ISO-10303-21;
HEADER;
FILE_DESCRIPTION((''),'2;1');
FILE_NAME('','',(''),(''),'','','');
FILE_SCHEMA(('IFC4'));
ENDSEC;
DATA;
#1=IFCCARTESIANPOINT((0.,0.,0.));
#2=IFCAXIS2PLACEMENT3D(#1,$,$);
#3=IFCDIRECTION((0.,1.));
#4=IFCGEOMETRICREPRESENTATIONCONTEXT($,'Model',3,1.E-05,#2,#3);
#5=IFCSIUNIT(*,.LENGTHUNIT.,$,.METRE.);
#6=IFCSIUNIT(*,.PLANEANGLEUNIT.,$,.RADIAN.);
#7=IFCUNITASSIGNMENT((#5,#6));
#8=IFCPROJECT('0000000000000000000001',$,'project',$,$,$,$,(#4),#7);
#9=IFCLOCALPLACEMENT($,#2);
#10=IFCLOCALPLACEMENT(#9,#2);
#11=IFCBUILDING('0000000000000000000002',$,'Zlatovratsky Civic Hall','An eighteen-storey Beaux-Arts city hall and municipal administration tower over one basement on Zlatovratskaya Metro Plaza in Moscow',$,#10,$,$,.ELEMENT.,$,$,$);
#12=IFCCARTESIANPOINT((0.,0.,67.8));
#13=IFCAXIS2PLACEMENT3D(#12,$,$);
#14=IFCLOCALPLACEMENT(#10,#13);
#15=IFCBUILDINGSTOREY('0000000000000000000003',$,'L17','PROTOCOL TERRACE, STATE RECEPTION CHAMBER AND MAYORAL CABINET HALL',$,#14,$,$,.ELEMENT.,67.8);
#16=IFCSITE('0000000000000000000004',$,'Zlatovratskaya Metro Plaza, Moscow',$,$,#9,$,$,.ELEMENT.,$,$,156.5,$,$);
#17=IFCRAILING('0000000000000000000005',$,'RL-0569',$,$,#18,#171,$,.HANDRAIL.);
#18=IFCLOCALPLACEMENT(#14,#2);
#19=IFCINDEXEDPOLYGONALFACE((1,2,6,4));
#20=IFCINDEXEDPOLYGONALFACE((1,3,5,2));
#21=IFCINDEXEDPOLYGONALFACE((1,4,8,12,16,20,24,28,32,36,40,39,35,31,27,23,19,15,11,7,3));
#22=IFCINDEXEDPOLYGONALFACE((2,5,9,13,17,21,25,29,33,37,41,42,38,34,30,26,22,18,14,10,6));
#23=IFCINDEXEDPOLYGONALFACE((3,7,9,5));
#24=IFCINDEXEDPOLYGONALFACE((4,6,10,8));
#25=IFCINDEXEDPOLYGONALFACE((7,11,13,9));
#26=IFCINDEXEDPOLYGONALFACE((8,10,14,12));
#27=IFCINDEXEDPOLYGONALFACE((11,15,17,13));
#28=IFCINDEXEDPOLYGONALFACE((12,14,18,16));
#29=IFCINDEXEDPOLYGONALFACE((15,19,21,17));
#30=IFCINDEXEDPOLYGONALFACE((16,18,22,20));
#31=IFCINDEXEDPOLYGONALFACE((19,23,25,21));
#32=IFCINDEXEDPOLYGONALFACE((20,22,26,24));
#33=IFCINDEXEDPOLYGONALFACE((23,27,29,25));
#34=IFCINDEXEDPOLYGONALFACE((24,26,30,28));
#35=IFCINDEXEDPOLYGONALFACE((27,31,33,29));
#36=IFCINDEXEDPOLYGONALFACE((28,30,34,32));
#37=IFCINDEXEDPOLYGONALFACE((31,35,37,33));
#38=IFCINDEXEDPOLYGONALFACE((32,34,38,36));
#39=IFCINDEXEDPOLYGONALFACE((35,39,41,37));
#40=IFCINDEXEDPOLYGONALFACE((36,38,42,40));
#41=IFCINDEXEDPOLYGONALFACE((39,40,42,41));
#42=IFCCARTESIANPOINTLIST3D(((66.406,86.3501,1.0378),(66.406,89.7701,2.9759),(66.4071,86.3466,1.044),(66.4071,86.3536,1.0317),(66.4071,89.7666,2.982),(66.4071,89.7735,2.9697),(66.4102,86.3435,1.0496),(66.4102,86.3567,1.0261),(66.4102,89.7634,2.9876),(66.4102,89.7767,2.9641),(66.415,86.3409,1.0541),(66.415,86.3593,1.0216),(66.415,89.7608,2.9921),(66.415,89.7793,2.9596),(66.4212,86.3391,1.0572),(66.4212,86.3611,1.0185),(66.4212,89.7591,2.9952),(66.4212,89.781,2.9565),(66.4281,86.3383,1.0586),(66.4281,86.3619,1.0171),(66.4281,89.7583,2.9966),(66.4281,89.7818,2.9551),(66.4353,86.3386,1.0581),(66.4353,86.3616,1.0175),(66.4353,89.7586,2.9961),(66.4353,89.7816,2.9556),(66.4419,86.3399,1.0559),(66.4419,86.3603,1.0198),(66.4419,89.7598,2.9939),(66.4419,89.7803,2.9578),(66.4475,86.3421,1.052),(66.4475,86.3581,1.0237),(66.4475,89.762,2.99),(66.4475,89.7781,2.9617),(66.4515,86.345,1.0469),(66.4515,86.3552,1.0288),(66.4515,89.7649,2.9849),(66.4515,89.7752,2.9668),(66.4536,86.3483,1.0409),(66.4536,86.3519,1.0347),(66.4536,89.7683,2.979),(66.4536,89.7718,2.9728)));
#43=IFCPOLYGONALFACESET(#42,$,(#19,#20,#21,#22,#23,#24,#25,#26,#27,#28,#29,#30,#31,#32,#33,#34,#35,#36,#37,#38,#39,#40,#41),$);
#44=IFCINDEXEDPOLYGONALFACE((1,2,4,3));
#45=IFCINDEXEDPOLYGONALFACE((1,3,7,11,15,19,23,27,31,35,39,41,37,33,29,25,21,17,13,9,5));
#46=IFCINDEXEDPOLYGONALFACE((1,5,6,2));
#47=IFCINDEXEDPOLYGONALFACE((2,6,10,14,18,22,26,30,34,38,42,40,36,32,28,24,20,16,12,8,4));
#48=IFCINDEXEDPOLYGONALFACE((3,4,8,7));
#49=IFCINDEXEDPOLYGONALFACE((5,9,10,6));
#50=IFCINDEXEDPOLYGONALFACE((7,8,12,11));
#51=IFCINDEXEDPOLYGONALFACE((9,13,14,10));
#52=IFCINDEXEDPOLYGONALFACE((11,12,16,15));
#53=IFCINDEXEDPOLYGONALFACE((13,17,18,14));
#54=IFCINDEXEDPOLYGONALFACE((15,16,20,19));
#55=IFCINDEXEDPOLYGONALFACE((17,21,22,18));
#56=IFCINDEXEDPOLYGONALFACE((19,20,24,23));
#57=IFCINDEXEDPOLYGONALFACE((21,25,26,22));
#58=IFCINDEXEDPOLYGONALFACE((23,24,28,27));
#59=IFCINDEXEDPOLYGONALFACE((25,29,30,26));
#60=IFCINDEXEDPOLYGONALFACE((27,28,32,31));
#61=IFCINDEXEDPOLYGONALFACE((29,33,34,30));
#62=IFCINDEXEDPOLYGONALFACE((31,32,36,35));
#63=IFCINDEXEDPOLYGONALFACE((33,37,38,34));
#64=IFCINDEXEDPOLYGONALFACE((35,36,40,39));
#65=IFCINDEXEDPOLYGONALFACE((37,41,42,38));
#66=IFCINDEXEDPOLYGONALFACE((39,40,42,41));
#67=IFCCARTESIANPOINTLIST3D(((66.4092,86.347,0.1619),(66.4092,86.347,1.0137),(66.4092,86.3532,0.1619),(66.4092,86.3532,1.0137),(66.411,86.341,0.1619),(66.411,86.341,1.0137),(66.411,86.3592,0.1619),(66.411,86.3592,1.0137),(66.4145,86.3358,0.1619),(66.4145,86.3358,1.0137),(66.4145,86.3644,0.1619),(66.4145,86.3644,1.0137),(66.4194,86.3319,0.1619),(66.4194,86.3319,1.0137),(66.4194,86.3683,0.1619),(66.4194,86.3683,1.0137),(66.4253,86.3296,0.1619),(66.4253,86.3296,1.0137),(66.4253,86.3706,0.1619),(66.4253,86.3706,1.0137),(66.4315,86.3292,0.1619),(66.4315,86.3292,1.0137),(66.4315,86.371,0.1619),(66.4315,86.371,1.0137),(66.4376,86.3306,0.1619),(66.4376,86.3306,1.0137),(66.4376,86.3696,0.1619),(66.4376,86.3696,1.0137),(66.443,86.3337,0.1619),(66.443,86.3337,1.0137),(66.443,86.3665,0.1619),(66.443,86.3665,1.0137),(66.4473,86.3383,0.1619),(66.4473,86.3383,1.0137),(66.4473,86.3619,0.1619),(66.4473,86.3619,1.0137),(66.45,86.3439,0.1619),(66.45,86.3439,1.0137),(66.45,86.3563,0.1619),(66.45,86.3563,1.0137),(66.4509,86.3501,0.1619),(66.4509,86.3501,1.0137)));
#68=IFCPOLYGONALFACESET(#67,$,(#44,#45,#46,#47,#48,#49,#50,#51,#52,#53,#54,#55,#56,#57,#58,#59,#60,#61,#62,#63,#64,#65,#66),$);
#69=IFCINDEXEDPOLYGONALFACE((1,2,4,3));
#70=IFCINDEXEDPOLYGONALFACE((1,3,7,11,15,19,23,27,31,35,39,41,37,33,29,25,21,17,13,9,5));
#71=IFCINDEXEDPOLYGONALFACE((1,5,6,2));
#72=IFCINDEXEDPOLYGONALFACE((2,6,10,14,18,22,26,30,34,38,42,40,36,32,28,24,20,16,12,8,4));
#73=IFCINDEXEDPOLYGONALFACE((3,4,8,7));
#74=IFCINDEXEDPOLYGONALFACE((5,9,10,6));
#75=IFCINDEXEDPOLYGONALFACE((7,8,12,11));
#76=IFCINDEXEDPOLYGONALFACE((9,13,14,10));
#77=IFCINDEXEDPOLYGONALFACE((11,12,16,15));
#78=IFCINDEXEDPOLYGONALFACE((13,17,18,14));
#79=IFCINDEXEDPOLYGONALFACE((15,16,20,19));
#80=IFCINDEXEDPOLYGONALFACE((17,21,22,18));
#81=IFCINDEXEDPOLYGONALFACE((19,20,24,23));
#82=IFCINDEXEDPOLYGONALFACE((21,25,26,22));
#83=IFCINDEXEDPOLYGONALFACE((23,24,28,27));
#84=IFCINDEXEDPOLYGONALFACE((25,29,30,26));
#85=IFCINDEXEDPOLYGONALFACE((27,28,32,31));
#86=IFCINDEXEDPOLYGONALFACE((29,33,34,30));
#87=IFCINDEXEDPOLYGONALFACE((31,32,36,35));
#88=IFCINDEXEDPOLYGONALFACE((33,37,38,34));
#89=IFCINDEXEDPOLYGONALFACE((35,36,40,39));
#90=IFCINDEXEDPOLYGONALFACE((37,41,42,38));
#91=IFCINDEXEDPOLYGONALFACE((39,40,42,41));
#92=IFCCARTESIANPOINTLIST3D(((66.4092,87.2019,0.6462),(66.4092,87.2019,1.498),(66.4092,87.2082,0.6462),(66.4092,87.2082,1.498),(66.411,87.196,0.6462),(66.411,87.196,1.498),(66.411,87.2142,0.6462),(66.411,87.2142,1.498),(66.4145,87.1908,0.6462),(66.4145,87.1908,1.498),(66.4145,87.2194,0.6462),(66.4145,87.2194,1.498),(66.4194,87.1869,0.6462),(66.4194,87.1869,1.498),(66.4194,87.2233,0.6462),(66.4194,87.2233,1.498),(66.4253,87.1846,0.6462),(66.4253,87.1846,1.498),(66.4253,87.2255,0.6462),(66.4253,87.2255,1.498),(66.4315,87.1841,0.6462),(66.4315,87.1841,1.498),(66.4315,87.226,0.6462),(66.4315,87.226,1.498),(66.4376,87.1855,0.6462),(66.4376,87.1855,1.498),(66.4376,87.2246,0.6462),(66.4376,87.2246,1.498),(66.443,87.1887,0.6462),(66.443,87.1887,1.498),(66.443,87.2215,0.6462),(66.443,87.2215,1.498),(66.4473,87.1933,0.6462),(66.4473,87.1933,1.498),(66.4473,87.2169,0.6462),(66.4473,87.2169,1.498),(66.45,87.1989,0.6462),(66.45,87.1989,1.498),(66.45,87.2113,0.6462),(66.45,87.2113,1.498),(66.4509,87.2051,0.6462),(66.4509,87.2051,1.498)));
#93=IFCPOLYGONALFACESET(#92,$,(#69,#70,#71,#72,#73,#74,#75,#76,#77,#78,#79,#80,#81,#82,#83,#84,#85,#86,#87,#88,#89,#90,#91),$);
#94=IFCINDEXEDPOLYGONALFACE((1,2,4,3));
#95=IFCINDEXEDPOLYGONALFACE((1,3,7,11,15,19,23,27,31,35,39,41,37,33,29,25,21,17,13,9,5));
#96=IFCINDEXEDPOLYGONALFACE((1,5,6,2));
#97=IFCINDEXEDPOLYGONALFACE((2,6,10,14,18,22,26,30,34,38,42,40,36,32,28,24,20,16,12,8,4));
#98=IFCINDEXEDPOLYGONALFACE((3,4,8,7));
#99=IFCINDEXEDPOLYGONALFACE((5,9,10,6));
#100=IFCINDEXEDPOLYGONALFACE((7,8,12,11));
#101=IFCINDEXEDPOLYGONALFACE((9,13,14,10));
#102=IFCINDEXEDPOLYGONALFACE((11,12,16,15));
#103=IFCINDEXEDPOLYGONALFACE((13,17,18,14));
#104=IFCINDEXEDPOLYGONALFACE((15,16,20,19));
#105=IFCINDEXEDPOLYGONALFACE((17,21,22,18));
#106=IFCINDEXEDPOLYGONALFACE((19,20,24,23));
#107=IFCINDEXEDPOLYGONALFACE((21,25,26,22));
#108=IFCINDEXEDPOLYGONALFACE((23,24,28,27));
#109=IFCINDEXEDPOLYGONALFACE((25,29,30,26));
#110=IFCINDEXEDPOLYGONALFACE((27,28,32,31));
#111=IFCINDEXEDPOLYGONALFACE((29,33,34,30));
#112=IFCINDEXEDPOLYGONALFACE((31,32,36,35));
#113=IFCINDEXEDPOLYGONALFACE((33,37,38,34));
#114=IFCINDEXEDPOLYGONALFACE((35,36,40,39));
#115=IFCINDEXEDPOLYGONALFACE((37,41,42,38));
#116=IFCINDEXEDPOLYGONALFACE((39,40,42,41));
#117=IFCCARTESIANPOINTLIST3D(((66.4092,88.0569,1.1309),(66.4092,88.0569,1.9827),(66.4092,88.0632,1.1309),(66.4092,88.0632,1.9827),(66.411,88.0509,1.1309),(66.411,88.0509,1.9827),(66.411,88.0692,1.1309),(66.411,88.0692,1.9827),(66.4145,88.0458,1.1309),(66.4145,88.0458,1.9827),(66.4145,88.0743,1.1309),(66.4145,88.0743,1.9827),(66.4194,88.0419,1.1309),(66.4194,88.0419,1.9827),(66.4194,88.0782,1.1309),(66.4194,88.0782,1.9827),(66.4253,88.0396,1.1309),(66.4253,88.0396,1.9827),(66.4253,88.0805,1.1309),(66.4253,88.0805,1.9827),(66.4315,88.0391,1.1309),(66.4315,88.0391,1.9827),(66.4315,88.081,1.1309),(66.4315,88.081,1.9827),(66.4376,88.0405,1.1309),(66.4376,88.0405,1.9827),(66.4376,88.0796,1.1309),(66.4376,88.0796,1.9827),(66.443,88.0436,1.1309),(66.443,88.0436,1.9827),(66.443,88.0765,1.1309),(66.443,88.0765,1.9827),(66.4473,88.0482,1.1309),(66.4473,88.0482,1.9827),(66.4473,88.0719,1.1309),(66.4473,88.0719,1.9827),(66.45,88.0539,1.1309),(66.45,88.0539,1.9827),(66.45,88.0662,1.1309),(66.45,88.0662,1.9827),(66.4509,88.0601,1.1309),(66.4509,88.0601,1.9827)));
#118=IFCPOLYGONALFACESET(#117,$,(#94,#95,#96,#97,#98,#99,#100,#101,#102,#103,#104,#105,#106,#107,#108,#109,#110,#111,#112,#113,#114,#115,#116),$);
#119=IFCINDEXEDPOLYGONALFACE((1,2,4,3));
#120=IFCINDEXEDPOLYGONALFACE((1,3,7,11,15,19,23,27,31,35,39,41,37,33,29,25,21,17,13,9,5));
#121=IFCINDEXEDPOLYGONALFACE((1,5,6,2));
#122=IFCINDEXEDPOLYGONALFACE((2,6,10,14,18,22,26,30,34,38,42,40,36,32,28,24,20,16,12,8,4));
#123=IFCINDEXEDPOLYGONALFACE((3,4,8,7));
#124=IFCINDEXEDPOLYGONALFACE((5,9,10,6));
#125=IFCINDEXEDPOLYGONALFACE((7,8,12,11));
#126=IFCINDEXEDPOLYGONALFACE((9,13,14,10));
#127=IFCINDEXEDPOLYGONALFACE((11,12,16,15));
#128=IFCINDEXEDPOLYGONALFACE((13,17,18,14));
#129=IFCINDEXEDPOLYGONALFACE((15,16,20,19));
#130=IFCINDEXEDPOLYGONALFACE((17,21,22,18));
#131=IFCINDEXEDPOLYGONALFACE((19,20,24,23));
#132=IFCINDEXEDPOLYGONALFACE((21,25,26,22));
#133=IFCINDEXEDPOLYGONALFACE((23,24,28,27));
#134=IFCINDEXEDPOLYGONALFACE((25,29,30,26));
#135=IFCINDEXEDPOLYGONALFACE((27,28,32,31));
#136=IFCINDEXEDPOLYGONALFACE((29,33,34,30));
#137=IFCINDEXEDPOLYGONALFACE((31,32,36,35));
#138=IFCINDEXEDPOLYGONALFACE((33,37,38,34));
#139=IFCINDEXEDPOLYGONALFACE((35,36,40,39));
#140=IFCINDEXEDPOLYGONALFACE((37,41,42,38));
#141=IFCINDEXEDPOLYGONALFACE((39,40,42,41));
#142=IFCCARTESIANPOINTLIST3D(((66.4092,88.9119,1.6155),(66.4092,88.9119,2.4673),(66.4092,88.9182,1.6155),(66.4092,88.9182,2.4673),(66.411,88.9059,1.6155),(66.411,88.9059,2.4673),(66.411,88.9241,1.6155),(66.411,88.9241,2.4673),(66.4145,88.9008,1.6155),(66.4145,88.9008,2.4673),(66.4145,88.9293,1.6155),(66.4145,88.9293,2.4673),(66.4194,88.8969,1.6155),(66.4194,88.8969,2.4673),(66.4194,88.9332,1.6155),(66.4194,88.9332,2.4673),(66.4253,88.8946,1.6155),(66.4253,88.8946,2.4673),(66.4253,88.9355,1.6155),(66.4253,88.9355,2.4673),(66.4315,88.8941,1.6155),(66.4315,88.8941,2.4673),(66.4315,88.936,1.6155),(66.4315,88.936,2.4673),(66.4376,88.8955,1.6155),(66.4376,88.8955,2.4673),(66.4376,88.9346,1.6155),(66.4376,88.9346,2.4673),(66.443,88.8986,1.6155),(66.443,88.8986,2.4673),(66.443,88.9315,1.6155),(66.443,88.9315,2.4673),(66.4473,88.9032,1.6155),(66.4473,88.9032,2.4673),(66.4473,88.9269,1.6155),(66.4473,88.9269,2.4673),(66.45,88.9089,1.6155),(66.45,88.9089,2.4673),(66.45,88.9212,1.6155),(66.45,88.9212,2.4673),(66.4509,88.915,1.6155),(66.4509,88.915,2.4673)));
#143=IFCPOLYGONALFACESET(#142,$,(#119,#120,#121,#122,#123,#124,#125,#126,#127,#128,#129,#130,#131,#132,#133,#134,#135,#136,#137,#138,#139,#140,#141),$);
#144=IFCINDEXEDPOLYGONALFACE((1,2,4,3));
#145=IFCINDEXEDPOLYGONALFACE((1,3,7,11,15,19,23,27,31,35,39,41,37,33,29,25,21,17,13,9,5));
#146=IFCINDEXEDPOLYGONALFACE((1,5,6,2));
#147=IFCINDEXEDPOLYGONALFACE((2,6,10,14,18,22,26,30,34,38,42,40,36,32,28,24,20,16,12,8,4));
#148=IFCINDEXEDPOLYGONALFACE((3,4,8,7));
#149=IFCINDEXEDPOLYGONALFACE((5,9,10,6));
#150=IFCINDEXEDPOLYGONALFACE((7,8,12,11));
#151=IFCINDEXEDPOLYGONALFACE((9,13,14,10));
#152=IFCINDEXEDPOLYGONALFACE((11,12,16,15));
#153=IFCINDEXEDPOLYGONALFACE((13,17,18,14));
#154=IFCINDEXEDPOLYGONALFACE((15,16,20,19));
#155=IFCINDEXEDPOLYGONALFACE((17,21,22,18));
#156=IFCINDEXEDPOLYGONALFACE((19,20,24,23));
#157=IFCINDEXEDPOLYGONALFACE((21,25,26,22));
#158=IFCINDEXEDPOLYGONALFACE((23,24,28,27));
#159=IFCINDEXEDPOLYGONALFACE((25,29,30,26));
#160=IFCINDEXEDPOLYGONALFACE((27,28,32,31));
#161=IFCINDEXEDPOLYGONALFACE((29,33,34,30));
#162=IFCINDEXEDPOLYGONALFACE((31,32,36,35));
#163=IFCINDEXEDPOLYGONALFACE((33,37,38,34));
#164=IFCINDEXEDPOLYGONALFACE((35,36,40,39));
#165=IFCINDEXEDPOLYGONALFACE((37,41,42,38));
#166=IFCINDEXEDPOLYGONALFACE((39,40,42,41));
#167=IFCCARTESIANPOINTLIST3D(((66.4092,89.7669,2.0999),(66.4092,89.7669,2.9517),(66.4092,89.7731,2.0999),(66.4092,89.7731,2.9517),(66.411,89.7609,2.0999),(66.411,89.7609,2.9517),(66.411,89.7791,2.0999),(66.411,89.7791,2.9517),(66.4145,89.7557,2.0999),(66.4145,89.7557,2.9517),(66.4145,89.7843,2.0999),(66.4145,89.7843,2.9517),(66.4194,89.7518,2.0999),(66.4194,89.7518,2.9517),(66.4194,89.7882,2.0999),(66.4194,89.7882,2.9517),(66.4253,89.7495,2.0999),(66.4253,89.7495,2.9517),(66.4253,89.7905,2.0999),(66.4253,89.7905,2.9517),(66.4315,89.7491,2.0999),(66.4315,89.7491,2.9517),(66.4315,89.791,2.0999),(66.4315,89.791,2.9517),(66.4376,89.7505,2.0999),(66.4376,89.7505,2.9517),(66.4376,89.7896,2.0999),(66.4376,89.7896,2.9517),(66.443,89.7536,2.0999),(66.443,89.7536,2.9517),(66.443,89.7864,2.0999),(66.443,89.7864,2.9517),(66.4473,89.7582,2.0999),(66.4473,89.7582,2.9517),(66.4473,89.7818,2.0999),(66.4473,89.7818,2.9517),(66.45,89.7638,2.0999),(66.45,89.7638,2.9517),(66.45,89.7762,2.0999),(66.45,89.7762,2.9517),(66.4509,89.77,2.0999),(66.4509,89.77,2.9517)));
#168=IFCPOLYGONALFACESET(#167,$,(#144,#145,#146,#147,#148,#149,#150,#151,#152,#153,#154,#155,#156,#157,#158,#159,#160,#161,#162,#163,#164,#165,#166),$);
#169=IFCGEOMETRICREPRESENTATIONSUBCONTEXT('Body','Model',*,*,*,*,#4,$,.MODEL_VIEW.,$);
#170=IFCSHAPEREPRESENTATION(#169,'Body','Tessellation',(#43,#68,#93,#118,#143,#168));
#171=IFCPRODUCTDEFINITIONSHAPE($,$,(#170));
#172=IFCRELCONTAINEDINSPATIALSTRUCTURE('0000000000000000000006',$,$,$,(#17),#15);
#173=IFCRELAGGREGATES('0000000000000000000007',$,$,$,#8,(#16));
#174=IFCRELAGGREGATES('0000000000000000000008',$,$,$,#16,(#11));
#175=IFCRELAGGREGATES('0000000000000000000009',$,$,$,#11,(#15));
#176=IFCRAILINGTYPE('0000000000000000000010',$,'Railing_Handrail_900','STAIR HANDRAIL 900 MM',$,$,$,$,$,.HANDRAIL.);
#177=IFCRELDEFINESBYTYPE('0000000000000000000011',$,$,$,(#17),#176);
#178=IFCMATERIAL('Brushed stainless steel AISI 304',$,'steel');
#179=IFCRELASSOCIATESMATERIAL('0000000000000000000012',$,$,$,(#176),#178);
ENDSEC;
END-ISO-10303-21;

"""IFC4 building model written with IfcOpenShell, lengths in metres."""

from ifc_helpers import new_model, si_unit, direction, frame, origin, origin_2d, place, context, subcontext, project, spatial, circle, extrude, material, type_object, element, save


model = new_model("IFC4")

# Units and contexts
model_context = context("Model", 3, precision=1e-05, world=origin(), true_north=direction((0.0, 1.0)))
body_context = subcontext(model_context, "Body", "Model", "MODEL_VIEW")
ifc_project = project(units=[si_unit("LENGTHUNIT", "METRE"), si_unit("PLANEANGLEUNIT", "RADIAN")], contexts=[model_context])

# Site, building, storey
site_placement = place(None, origin())
site = spatial("IfcSite", under=ifc_project, at=site_placement, Name="Zlatovratskaya Metro Plaza, Moscow", CompositionType="ELEMENT", RefElevation=156.5)
building_placement = place(site_placement, origin())
building = spatial("IfcBuilding", under=site, at=building_placement, Name="Zlatovratsky Civic Hall", Description="An eighteen-storey Beaux-Arts city hall and municipal administration tower over one basement on Zlatovratskaya Metro Plaza in Moscow", CompositionType="ELEMENT")
storey_placement = place(building_placement, frame((0.0, 0.0, 67.8)))
storey = spatial("IfcBuildingStorey", under=building, at=storey_placement, Name="L17", Description="PROTOCOL TERRACE, STATE RECEPTION CHAMBER AND MAYORAL CABINET HALL", CompositionType="ELEMENT", Elevation=67.8)

# Railing
ifc_material_1 = material(Name="Brushed stainless steel AISI 304", Category="steel")
railing_type_1 = type_object("IfcRailingType", Name="Railing_Handrail_900", Description="STAIR HANDRAIL 900 MM", PredefinedType="HANDRAIL", material=ifc_material_1)
railing_1_placement = place(storey_placement, frame((66.4299, 86.3501, 0.1619)))
element("IfcRailing", 1, at=railing_1_placement, inside=storey, type_object=railing_type_1, Name="RL-0569", PredefinedType="HANDRAIL", context=body_context, shape_type="SweptSolid", body=[
    extrude(circle(Radius=0.0239, at=origin_2d()), frame((0.0, 0.0, 0.876), z_axis=(0.0, 0.870019, 0.493019), x_axis=(-1.0, 0.0, 0.0)), (0.0, 0.0, 1.0), 3.9309),
    extrude(circle(Radius=0.021, at=origin_2d()), origin(), (0.0, 0.0, 1.0), 0.8518),
    extrude(circle(Radius=0.021, at=origin_2d()), frame((0.0, 0.855, 0.4844)), (0.0, 0.0, 1.0), 0.8518),
    extrude(circle(Radius=0.021, at=origin_2d()), frame((0.0, 1.71, 0.969)), (0.0, 0.0, 1.0), 0.8518),
    extrude(circle(Radius=0.021, at=origin_2d()), frame((0.0, 2.5649, 1.4536)), (0.0, 0.0, 1.0), 0.8518),
    extrude(circle(Radius=0.021, at=origin_2d()), frame((0.0, 3.4199, 1.938)), (0.0, 0.0, 1.0), 0.8518),
])

save(model, "model.ifc")
